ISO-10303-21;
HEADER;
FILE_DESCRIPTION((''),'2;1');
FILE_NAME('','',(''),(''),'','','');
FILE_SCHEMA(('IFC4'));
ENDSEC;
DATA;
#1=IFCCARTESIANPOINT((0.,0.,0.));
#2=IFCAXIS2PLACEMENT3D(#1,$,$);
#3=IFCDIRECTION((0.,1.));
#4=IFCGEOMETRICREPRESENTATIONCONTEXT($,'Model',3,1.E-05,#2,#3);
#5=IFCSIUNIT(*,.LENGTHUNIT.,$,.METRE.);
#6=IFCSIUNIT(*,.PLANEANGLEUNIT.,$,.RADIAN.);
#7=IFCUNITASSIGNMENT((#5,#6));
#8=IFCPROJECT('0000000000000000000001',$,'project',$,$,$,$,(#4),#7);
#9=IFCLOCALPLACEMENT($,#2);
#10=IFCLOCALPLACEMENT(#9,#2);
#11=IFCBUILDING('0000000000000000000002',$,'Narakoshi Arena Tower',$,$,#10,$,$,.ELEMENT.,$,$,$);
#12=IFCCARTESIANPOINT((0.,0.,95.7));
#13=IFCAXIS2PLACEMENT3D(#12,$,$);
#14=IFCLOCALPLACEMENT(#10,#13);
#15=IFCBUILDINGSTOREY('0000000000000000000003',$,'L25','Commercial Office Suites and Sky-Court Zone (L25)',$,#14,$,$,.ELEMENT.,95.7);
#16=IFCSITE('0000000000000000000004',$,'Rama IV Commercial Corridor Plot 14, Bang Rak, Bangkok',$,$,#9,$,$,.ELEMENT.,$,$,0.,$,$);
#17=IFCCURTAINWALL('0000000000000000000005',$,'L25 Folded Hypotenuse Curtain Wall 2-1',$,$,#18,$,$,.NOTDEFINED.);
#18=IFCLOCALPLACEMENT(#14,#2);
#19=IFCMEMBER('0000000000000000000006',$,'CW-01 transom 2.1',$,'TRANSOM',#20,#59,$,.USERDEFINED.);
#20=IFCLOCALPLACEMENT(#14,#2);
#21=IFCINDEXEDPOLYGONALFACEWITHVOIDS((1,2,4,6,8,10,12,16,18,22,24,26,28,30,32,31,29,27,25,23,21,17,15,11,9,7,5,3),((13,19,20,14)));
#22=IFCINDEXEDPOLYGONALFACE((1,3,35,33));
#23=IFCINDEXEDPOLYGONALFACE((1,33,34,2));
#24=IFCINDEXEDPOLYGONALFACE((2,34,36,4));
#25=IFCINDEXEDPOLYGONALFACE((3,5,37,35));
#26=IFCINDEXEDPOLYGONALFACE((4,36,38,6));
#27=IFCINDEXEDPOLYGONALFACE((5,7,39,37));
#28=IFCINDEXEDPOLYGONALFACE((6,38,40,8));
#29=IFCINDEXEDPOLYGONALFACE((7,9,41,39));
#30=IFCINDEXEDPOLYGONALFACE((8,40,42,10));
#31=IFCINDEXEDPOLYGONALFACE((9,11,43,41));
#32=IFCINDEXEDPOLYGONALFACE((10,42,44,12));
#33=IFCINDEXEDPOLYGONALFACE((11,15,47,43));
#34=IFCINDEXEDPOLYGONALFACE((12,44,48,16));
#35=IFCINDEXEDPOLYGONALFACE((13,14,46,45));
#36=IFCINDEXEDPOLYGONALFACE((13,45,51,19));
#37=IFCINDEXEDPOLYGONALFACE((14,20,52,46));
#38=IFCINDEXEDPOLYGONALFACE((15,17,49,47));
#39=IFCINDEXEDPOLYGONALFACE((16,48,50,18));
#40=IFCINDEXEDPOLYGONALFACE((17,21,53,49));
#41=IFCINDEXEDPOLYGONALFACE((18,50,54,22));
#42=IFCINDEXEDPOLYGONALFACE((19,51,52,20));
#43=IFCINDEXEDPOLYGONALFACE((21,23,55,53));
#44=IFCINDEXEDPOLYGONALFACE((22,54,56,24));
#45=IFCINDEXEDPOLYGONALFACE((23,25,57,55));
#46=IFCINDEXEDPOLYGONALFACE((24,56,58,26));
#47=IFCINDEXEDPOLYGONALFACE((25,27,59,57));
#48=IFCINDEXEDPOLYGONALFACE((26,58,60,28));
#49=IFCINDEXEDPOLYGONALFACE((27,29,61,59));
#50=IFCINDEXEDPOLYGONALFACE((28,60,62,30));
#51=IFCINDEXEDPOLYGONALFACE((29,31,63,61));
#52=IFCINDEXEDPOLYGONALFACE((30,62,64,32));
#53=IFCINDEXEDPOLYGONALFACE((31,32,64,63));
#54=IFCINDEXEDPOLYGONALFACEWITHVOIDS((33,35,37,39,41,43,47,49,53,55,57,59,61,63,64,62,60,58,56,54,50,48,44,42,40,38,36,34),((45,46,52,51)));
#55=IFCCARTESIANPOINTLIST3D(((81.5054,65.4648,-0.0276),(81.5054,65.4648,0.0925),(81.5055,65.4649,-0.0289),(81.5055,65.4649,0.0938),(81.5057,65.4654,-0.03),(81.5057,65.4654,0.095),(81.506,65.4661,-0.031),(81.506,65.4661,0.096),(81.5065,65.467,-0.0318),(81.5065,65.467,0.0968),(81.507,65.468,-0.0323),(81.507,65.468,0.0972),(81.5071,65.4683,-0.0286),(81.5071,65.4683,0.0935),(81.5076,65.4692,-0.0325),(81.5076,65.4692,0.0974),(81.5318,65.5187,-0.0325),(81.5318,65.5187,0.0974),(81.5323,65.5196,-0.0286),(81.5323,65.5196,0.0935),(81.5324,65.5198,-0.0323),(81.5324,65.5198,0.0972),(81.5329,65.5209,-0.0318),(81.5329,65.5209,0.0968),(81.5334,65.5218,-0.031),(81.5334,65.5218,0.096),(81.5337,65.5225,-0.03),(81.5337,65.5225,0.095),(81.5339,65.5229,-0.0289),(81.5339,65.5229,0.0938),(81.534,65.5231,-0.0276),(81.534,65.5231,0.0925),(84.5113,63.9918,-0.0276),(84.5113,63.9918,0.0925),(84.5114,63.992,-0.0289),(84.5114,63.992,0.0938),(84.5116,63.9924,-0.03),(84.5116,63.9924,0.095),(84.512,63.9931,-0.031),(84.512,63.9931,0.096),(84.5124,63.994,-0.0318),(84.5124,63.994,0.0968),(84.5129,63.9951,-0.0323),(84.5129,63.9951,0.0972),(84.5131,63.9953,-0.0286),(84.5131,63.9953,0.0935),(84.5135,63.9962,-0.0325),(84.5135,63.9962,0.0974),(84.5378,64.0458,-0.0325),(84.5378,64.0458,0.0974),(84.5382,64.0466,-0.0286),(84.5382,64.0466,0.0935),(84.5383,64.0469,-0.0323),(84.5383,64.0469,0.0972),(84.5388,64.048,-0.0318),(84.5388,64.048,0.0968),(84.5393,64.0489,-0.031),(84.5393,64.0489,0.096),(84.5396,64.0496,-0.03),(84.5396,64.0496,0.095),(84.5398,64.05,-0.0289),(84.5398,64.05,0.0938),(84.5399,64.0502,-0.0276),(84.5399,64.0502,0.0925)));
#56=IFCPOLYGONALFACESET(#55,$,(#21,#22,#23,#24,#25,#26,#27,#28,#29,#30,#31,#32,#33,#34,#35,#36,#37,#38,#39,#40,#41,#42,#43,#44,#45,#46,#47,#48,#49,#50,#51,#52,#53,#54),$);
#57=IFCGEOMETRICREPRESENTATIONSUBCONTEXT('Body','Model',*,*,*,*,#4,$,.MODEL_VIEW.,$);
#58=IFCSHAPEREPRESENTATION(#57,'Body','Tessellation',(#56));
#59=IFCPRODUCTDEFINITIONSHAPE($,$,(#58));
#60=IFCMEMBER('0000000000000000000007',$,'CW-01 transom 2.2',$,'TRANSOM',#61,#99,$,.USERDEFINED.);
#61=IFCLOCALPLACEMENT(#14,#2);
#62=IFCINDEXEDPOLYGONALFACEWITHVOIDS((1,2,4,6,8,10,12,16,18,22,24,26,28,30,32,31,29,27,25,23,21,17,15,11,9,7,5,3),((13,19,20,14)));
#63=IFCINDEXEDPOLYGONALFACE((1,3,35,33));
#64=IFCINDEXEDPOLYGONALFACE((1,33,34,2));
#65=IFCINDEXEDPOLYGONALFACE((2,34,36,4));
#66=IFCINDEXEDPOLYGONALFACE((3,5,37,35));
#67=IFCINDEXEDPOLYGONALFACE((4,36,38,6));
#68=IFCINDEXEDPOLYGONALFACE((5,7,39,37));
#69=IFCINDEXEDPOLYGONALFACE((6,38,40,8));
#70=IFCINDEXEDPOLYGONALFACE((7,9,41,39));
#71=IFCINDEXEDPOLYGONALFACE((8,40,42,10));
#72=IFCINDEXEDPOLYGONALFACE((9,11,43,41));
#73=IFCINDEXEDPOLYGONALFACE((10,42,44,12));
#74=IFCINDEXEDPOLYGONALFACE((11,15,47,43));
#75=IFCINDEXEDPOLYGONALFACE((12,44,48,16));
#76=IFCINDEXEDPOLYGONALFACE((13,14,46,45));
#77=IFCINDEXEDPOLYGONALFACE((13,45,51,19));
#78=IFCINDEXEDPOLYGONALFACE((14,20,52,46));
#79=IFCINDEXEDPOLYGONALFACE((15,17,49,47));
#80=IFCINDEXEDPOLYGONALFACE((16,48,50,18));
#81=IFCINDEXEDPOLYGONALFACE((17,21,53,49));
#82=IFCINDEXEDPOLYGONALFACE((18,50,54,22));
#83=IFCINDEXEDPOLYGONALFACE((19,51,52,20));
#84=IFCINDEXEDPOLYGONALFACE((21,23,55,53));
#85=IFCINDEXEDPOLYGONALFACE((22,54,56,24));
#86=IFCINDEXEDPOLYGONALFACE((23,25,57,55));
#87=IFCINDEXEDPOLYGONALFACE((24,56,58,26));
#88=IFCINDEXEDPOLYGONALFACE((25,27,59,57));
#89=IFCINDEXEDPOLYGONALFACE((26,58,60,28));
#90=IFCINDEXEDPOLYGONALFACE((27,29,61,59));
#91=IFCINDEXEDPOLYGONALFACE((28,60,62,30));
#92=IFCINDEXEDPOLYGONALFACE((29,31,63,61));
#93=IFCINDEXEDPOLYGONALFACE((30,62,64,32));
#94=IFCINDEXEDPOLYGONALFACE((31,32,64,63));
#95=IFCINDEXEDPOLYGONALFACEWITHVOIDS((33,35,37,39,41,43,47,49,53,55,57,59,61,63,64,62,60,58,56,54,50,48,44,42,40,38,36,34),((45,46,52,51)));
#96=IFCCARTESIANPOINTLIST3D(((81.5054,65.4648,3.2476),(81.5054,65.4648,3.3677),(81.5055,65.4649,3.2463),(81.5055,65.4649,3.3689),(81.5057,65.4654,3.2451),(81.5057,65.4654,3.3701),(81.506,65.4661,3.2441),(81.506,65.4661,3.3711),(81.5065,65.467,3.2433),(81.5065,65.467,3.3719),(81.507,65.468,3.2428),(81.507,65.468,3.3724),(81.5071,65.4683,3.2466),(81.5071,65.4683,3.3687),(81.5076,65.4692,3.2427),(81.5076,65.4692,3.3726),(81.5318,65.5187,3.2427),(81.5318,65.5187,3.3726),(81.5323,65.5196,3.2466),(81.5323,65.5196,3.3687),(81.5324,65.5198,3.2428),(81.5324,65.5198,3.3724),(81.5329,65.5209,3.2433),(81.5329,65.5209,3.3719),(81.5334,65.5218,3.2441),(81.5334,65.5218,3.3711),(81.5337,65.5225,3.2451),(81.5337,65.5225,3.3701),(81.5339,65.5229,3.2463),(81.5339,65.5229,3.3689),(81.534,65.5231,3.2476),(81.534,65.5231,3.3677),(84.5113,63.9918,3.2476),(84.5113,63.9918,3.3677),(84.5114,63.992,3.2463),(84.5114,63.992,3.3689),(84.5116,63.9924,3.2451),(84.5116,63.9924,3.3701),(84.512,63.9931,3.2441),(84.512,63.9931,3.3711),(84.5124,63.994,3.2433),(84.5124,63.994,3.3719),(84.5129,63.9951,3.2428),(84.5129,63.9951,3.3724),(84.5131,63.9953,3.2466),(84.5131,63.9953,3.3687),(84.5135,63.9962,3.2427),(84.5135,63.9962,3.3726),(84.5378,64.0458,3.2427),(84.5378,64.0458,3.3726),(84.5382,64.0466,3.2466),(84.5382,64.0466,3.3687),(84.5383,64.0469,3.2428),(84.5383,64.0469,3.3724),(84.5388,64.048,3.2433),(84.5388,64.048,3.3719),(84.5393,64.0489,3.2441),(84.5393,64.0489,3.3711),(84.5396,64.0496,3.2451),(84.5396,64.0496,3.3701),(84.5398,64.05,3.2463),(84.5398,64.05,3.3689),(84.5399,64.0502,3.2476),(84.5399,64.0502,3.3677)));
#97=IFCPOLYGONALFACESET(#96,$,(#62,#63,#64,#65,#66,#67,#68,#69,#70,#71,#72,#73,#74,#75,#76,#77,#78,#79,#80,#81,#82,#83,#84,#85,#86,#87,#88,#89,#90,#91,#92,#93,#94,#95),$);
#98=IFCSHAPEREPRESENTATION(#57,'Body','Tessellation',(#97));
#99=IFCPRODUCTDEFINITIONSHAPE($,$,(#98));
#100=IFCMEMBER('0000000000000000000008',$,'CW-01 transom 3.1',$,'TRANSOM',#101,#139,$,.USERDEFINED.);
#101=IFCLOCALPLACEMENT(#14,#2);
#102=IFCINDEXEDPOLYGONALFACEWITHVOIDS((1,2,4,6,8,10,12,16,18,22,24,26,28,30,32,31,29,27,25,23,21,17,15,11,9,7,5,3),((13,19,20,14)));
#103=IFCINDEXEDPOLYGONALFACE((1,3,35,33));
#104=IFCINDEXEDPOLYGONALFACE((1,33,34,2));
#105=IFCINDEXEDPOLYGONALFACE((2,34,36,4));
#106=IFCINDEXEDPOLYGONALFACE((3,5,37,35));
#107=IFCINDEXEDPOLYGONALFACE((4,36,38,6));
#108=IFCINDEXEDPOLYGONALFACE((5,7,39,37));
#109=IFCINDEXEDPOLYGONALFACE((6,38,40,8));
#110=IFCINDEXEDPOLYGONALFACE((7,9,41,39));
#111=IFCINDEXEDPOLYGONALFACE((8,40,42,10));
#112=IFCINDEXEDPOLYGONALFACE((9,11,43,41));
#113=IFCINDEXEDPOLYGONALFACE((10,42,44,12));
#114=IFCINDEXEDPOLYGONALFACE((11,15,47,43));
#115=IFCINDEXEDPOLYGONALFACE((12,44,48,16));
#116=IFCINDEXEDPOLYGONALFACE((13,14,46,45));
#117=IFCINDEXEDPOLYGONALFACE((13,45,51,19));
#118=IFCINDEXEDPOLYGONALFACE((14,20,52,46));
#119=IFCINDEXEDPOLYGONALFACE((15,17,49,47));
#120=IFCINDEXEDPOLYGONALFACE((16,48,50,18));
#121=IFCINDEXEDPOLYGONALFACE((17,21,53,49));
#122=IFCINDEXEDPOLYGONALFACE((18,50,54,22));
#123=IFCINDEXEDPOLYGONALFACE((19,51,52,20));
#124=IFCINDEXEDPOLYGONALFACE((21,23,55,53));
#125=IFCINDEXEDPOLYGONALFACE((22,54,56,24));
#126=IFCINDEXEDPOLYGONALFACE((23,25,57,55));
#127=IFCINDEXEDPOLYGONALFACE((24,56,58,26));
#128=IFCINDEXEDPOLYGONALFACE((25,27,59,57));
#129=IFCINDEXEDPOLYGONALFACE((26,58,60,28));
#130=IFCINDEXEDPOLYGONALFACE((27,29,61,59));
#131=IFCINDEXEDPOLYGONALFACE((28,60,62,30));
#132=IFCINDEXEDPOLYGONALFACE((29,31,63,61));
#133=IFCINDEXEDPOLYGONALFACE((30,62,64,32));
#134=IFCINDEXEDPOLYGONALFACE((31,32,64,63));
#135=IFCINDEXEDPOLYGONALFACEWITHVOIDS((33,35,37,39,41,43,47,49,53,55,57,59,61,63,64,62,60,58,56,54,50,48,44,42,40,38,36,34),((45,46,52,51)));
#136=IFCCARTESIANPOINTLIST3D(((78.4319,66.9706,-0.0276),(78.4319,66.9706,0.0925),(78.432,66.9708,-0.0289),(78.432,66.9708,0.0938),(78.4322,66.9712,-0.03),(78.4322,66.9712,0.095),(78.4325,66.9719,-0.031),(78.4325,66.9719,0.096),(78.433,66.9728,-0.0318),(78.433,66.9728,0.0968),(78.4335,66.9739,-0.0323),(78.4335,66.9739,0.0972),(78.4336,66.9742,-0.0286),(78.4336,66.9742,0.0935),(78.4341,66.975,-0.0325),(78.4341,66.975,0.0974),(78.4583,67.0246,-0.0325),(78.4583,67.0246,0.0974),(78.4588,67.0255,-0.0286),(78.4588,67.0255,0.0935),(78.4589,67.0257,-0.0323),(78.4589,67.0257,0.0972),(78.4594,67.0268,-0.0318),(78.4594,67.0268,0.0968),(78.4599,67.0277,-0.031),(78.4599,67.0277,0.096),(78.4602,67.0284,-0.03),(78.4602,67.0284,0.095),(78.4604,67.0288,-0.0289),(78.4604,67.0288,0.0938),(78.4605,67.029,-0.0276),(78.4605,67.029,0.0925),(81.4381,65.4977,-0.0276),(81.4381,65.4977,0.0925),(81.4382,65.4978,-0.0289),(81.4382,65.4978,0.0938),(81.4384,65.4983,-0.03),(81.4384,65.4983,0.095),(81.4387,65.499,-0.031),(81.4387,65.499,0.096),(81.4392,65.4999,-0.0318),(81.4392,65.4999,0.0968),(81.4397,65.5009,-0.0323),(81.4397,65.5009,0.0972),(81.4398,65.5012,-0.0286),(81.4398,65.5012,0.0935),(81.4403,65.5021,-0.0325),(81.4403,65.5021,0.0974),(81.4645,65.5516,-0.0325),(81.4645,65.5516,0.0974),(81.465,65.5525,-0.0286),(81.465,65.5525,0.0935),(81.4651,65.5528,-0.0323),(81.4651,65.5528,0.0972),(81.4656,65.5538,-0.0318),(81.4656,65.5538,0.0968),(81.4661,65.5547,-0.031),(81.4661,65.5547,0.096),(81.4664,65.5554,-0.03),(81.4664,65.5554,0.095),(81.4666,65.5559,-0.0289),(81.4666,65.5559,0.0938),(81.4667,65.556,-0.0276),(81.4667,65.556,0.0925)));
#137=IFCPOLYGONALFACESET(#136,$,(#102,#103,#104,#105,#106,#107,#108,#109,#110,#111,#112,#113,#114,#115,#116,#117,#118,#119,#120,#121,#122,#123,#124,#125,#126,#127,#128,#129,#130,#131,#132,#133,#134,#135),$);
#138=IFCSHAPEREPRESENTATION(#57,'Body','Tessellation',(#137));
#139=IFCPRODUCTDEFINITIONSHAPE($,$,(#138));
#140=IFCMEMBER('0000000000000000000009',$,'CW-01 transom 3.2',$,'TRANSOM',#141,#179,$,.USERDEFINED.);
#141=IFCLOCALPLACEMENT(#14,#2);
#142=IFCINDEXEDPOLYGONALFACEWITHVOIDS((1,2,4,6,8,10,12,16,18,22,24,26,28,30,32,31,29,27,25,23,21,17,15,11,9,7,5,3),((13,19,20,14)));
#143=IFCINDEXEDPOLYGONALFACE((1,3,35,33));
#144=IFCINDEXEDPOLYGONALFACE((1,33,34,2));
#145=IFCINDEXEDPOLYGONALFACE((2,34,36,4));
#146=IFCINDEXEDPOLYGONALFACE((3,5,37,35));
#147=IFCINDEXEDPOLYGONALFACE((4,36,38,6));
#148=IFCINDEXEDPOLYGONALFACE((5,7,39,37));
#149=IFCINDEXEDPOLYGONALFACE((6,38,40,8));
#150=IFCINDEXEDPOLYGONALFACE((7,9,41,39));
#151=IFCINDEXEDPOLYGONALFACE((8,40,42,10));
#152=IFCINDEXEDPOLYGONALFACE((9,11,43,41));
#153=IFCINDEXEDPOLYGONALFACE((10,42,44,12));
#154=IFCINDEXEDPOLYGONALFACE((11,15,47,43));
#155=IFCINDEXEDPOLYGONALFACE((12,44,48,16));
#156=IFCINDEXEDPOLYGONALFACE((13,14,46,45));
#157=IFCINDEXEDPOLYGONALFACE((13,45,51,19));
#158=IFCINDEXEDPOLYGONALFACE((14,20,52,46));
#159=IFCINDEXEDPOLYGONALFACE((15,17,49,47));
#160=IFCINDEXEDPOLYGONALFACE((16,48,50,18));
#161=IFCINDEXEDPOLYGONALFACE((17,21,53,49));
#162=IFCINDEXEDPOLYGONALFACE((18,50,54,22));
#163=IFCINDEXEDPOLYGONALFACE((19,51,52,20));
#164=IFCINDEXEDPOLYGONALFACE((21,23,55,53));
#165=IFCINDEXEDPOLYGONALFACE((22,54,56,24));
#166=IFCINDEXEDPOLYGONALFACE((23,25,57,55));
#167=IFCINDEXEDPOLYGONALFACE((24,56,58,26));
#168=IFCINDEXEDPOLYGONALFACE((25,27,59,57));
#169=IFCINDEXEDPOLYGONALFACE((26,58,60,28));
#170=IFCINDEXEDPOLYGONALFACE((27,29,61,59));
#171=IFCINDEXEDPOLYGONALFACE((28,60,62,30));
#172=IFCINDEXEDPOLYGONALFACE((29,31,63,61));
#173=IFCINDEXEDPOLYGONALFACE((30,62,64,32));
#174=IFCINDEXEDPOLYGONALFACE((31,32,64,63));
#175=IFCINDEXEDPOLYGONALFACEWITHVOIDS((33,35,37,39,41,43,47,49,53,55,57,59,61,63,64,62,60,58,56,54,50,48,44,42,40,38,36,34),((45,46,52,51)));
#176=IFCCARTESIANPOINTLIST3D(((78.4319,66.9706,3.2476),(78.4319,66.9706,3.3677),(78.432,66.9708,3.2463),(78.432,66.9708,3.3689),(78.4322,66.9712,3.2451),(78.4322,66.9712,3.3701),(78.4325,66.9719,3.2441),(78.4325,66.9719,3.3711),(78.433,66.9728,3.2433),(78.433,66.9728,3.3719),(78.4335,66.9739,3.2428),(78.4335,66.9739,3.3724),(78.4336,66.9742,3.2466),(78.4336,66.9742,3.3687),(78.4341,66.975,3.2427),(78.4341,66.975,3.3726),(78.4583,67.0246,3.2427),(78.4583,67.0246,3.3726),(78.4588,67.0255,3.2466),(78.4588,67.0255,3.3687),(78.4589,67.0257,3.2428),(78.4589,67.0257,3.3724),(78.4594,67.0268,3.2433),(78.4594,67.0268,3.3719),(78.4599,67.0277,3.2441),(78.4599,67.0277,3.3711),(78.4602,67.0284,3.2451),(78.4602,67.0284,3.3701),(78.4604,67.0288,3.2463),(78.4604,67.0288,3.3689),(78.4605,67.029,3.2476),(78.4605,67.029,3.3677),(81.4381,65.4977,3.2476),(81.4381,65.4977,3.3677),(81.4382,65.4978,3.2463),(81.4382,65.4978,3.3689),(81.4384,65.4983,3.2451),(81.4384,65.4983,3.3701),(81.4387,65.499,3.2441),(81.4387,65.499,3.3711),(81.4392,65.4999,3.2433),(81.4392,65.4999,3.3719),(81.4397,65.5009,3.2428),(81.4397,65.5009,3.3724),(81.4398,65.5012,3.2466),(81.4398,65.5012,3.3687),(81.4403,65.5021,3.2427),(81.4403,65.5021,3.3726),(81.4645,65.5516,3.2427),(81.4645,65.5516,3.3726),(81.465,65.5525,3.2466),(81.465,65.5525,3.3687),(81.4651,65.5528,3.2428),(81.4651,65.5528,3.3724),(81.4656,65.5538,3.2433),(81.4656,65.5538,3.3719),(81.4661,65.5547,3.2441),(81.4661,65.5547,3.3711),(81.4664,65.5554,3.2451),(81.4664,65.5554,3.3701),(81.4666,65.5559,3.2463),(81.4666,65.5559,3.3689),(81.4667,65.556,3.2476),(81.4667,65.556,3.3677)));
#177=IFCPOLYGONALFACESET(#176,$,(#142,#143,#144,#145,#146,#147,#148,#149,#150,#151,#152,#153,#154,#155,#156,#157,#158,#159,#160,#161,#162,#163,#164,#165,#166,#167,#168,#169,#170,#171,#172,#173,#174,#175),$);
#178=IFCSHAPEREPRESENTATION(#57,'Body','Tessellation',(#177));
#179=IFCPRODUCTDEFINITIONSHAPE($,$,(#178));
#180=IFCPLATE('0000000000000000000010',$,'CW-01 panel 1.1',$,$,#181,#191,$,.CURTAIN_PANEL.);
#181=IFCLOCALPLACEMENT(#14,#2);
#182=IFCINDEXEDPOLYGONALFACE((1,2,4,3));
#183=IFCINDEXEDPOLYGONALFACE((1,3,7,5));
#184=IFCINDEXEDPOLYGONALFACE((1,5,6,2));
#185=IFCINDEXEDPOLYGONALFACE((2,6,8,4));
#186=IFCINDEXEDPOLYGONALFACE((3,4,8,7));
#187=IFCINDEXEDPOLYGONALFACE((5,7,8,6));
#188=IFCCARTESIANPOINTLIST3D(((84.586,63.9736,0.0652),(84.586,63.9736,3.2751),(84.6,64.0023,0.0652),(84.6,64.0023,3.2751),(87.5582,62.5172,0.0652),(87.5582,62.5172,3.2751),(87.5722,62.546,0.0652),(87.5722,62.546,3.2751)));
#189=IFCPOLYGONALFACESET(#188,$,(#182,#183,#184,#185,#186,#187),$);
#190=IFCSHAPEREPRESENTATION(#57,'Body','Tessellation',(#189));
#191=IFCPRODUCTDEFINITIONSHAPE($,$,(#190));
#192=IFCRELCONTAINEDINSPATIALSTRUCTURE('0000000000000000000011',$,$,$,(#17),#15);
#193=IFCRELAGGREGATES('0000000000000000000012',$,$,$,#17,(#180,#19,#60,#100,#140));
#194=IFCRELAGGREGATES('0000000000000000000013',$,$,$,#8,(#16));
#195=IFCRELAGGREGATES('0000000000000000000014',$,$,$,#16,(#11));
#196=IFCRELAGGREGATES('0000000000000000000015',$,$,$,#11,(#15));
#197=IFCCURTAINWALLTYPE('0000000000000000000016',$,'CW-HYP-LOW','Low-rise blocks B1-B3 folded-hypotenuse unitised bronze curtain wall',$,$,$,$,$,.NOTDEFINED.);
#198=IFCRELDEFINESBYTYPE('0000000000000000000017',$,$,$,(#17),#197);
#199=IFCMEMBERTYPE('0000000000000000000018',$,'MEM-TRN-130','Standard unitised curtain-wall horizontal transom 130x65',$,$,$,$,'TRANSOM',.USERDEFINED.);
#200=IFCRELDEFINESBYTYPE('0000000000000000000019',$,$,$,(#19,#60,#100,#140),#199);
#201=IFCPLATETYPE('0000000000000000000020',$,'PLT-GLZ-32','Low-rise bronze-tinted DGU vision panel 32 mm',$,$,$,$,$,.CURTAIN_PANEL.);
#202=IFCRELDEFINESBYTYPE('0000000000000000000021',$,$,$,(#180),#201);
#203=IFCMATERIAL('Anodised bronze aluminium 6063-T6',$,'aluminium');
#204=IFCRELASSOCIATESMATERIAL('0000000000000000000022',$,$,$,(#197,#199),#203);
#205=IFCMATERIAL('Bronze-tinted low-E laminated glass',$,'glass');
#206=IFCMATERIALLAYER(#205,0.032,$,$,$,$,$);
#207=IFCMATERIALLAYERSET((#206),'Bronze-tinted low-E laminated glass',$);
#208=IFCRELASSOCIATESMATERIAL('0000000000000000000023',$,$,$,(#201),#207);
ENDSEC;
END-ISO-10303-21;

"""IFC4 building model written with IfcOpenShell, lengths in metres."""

from ifc_helpers import new_model, si_unit, direction, frame, origin, origin_2d, place, context, subcontext, project, spatial, rectangle, hollow_rectangle, extrude, material, layer, layer_set, material_profile, profile_set, type_object, element, aggregate, save


model = new_model("IFC4")

# Units and contexts
model_context = context("Model", 3, precision=1e-05, world=origin(), true_north=direction((0.0, 1.0)))
body_context = subcontext(model_context, "Body", "Model", "MODEL_VIEW")
ifc_project = project(units=[si_unit("LENGTHUNIT", "METRE"), si_unit("PLANEANGLEUNIT", "RADIAN")], contexts=[model_context])

# Site, building, storey
site_placement = place(None, origin())
site = spatial("IfcSite", under=ifc_project, at=site_placement, Name="Rama IV Commercial Corridor Plot 14, Bang Rak, Bangkok", CompositionType="ELEMENT", RefElevation=0.0)
building_placement = place(site_placement, origin())
building = spatial("IfcBuilding", under=site, at=building_placement, Name="Narakoshi Arena Tower", CompositionType="ELEMENT")
storey_placement = place(building_placement, frame((0.0, 0.0, 95.7)))
storey = spatial("IfcBuildingStorey", under=building, at=storey_placement, Name="L25", Description="Commercial Office Suites and Sky-Court Zone (L25)", CompositionType="ELEMENT", Elevation=95.7)

# Curtain wall, members, plate
ifc_material_1 = material(Name="Anodised bronze aluminium 6063-T6", Category="aluminium")
curtain_wall_type = type_object("IfcCurtainWallType", Name="CW-HYP-LOW", Description="Low-rise blocks B1-B3 folded-hypotenuse unitised bronze curtain wall", PredefinedType="NOTDEFINED", material=ifc_material_1)
curtain_wall_placement = place(storey_placement, origin())
curtain_wall = element("IfcCurtainWall", 1, at=curtain_wall_placement, inside=storey, type_object=curtain_wall_type, Name="L25 Folded Hypotenuse Curtain Wall 2-1", PredefinedType="NOTDEFINED")
ifc_material_profile_1 = material_profile(ifc_material_1, hollow_rectangle(XDim=0.0649, YDim=0.1299, WallThickness=0.0039, OuterFilletRadius=0.0049, at=origin_2d()), Name="TRN130x65x4")
ifc_profile_set_1 = profile_set([ifc_material_profile_1], Name="Anodised bronze aluminium 6063-T6")
member_type_1 = type_object("IfcMemberType", Name="MEM-TRN-130", Description="Standard unitised curtain-wall horizontal transom 130x65", ElementType="TRANSOM", PredefinedType="USERDEFINED", material=ifc_profile_set_1)
member_1_placement = place(storey_placement, frame((84.5256, 64.021, 0.0325), z_axis=(-0.897987, 0.440022, 0.0), x_axis=(-0.440022, -0.897987, 0.0)))
member_1 = element("IfcMember", 2, at=member_1_placement, type_object=member_type_1, Name="CW-01 transom 2.1", ObjectType="TRANSOM", PredefinedType="USERDEFINED", context=body_context, shape_type="SweptSolid", body=[
    extrude(hollow_rectangle(XDim=0.0649, YDim=0.1299, WallThickness=0.0039, OuterFilletRadius=0.0049, at=origin_2d()), origin(), (0.0, 0.0, 1.0), 3.3474),
])
member_2_placement = place(storey_placement, frame((84.5256, 64.021, 3.3076), z_axis=(-0.897987, 0.440022, 0.0), x_axis=(-0.440022, -0.897987, 0.0)))
member_2 = element("IfcMember", 3, at=member_2_placement, type_object=member_type_1, Name="CW-01 transom 2.2", ObjectType="TRANSOM", PredefinedType="USERDEFINED", context=body_context, shape_type="SweptSolid", body=[
    extrude(hollow_rectangle(XDim=0.0649, YDim=0.1299, WallThickness=0.0039, OuterFilletRadius=0.0049, at=origin_2d()), origin(), (0.0, 0.0, 1.0), 3.3474),
])
member_3_placement = place(storey_placement, frame((81.4524, 65.5269, 0.0325), z_axis=(-0.898001, 0.439993, 0.0), x_axis=(-0.439993, -0.898001, 0.0)))
member_3 = element("IfcMember", 4, at=member_3_placement, type_object=member_type_1, Name="CW-01 transom 3.1", ObjectType="TRANSOM", PredefinedType="USERDEFINED", context=body_context, shape_type="SweptSolid", body=[
    extrude(hollow_rectangle(XDim=0.0649, YDim=0.1299, WallThickness=0.0039, OuterFilletRadius=0.0049, at=origin_2d()), origin(), (0.0, 0.0, 1.0), 3.3477),
])
member_4_placement = place(storey_placement, frame((81.4524, 65.5269, 3.3076), z_axis=(-0.898001, 0.439993, 0.0), x_axis=(-0.439993, -0.898001, 0.0)))
member_4 = element("IfcMember", 5, at=member_4_placement, type_object=member_type_1, Name="CW-01 transom 3.2", ObjectType="TRANSOM", PredefinedType="USERDEFINED", context=body_context, shape_type="SweptSolid", body=[
    extrude(hollow_rectangle(XDim=0.0649, YDim=0.1299, WallThickness=0.0039, OuterFilletRadius=0.0049, at=origin_2d()), origin(), (0.0, 0.0, 1.0), 3.3477),
])
ifc_material_2 = material(Name="Bronze-tinted low-E laminated glass", Category="glass")
ifc_layer_1 = layer(ifc_material_2, 0.032)
ifc_layer_set_1 = layer_set([ifc_layer_1], Name="Bronze-tinted low-E laminated glass")
plate_type = type_object("IfcPlateType", Name="PLT-GLZ-32", Description="Low-rise bronze-tinted DGU vision panel 32 mm", PredefinedType="CURTAIN_PANEL", material=ifc_layer_set_1)
plate_1_placement = place(storey_placement, frame((86.0791, 63.2598, 0.0652), z_axis=(0.0, 0.0, 1.0), x_axis=(-0.897996, 0.440005, 0.0)))
plate_1 = element("IfcPlate", 6, at=plate_1_placement, type_object=plate_type, Name="CW-01 panel 1.1", PredefinedType="CURTAIN_PANEL", context=body_context, shape_type="SweptSolid", body=[
    extrude(rectangle(XDim=3.3098, YDim=0.032, at=origin_2d()), origin(), (0.0, 0.0, 1.0), 3.21),
])
aggregate(curtain_wall, [plate_1, member_1, member_2, member_3, member_4])

save(model, "model.ifc")
